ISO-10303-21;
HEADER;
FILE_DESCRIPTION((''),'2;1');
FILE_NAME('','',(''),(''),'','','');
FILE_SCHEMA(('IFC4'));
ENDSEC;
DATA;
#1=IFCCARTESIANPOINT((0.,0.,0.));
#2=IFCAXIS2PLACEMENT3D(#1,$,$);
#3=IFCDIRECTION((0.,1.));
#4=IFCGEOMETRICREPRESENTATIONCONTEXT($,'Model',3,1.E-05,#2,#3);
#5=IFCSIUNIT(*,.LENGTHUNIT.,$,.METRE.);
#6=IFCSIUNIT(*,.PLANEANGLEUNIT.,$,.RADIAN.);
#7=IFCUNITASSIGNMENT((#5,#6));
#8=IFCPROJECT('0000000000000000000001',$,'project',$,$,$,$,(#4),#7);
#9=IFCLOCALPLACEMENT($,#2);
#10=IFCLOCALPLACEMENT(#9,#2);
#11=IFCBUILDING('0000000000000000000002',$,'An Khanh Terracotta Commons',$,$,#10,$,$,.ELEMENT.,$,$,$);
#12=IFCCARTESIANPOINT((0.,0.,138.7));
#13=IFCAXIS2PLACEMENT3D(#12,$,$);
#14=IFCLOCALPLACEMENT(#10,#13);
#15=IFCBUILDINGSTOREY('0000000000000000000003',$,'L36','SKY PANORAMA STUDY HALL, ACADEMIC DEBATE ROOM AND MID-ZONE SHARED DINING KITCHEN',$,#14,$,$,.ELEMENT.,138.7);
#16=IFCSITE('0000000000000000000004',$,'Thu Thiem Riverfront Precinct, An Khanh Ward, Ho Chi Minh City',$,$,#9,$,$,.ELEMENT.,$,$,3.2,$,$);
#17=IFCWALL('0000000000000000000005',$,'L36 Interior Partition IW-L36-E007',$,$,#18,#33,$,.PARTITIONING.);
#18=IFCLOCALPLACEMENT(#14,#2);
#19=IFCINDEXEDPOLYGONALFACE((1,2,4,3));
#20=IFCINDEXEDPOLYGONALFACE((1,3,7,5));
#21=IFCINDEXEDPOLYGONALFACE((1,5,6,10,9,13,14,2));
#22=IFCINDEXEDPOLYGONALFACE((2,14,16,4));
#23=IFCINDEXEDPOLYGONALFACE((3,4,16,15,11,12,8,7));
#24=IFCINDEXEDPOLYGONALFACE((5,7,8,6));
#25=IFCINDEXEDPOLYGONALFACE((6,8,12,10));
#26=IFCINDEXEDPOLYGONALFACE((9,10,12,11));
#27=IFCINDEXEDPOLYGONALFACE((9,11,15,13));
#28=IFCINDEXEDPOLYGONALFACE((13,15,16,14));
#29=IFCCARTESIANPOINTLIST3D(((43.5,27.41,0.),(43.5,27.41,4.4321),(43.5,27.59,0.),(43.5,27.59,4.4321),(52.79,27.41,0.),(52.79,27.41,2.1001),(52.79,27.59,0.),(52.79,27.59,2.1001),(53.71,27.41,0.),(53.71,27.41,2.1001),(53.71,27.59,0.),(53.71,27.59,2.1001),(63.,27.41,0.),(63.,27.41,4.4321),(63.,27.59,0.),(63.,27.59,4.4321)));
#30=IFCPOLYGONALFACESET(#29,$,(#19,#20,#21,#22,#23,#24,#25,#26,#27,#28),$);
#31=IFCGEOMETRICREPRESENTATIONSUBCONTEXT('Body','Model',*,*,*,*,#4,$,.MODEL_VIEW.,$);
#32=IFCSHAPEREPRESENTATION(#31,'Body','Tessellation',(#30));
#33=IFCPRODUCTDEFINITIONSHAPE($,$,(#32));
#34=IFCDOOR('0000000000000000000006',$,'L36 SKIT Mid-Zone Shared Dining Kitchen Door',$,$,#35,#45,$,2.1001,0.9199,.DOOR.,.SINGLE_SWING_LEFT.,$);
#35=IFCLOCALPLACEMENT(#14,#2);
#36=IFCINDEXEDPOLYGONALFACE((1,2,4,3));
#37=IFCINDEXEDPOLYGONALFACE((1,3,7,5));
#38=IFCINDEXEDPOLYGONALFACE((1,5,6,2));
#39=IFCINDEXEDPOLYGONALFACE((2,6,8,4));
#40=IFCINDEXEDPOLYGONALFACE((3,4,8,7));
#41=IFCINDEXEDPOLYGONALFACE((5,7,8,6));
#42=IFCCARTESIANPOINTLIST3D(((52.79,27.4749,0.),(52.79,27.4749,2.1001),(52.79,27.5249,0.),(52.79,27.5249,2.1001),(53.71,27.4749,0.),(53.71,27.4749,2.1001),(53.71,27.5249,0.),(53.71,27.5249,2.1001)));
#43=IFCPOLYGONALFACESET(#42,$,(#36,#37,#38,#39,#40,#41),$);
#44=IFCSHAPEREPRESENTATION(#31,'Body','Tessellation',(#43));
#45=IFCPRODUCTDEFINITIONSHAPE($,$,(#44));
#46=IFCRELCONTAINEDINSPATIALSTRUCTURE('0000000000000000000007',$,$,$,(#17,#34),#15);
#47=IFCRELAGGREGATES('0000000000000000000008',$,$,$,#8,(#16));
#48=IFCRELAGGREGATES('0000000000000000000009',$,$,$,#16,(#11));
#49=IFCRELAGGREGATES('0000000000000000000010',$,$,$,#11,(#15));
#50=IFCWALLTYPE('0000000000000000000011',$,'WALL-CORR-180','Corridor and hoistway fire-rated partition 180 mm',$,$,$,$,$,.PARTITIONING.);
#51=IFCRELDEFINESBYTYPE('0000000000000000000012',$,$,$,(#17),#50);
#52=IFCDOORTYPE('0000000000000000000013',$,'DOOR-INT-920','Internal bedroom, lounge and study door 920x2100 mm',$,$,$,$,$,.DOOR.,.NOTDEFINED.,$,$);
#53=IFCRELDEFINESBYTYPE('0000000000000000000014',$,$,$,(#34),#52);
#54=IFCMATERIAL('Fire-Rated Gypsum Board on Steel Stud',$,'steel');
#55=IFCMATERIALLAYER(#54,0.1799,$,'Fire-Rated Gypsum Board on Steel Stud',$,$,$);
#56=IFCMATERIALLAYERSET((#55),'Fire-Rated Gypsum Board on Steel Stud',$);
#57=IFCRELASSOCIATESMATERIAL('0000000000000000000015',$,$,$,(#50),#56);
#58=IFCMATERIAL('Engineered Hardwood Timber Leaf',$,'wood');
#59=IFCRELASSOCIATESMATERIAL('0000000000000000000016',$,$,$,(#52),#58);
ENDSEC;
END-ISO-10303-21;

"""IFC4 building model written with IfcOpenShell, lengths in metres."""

from ifc_helpers import new_model, si_unit, direction, frame, frame_2d, origin, place, context, subcontext, project, spatial, rectangle, extrude, material, layer, layer_set, type_object, element, fill, save


model = new_model("IFC4")

# Units and contexts
model_context = context("Model", 3, precision=1e-05, world=origin(), true_north=direction((0.0, 1.0)))
body_context = subcontext(model_context, "Body", "Model", "MODEL_VIEW")
ifc_project = project(units=[si_unit("LENGTHUNIT", "METRE"), si_unit("PLANEANGLEUNIT", "RADIAN")], contexts=[model_context])

# Site, building, storey
site_placement = place(None, origin())
site = spatial("IfcSite", under=ifc_project, at=site_placement, Name="Thu Thiem Riverfront Precinct, An Khanh Ward, Ho Chi Minh City", CompositionType="ELEMENT", RefElevation=3.2)
building_placement = place(site_placement, origin())
building = spatial("IfcBuilding", under=site, at=building_placement, Name="An Khanh Terracotta Commons", CompositionType="ELEMENT")
storey_placement = place(building_placement, frame((0.0, 0.0, 138.7)))
storey = spatial("IfcBuildingStorey", under=building, at=storey_placement, Name="L36", Description="SKY PANORAMA STUDY HALL, ACADEMIC DEBATE ROOM AND MID-ZONE SHARED DINING KITCHEN", CompositionType="ELEMENT", Elevation=138.7)

# Wall, opening, door
ifc_material_1 = material(Name="Fire-Rated Gypsum Board on Steel Stud", Category="steel")
ifc_layer_1 = layer(ifc_material_1, 0.1799, Name="Fire-Rated Gypsum Board on Steel Stud")
ifc_layer_set_1 = layer_set([ifc_layer_1], Name="Fire-Rated Gypsum Board on Steel Stud")
wall_type = type_object("IfcWallType", Name="WALL-CORR-180", Description="Corridor and hoistway fire-rated partition 180 mm", PredefinedType="PARTITIONING", material=ifc_layer_set_1)
wall_placement = place(storey_placement, frame((43.5, 27.5, 0.0), z_axis=(0.0, 0.0, 1.0), x_axis=(1.0, 0.0, 0.0)))
wall = element("IfcWall", 1, at=wall_placement, inside=storey, type_object=wall_type, Name="L36 Interior Partition IW-L36-E007", PredefinedType="PARTITIONING", context=body_context, shape_type="SweptSolid", body=[
    extrude(rectangle(XDim=19.5, YDim=0.1799, at=frame_2d((9.75, 0.0))), origin(), (0.0, 0.0, 1.0), 4.4321),
])
opening_placement = place(wall_placement, frame((9.29, 0.0, 0.0)))
opening = element("IfcOpeningElement", 2, at=opening_placement, cuts=wall, PredefinedType="OPENING", context=body_context, shape_type="SweptSolid", body=[
    extrude(rectangle(XDim=0.9199, YDim=2.1001, at=frame_2d((0.46, 1.05))), frame((0.0, 0.0999, 0.0), z_axis=(0.0, -1.0, 0.0), x_axis=(1.0, 0.0, 0.0)), (0.0, 0.0, 1.0), 0.2),
])
ifc_material_2 = material(Name="Engineered Hardwood Timber Leaf", Category="wood")
door_type = type_object("IfcDoorType", Name="DOOR-INT-920", Description="Internal bedroom, lounge and study door 920x2100 mm", OperationType="NOTDEFINED", PredefinedType="DOOR", material=ifc_material_2)
door_placement = place(opening_placement, origin())
door = element("IfcDoor", 3, at=door_placement, inside=storey, type_object=door_type, Name="L36 SKIT Mid-Zone Shared Dining Kitchen Door", OperationType="SINGLE_SWING_LEFT", OverallHeight=2.1001, OverallWidth=0.9199, PredefinedType="DOOR", context=body_context, shape_type="SweptSolid", body=[
    extrude(rectangle(XDim=0.9199, YDim=2.1001, at=frame_2d((0.46, 1.05))), frame((0.0, 0.0249, 0.0), z_axis=(0.0, -1.0, 0.0), x_axis=(1.0, 0.0, 0.0)), (0.0, 0.0, 1.0), 0.05),
])
fill(opening, door)

save(model, "model.ifc")
